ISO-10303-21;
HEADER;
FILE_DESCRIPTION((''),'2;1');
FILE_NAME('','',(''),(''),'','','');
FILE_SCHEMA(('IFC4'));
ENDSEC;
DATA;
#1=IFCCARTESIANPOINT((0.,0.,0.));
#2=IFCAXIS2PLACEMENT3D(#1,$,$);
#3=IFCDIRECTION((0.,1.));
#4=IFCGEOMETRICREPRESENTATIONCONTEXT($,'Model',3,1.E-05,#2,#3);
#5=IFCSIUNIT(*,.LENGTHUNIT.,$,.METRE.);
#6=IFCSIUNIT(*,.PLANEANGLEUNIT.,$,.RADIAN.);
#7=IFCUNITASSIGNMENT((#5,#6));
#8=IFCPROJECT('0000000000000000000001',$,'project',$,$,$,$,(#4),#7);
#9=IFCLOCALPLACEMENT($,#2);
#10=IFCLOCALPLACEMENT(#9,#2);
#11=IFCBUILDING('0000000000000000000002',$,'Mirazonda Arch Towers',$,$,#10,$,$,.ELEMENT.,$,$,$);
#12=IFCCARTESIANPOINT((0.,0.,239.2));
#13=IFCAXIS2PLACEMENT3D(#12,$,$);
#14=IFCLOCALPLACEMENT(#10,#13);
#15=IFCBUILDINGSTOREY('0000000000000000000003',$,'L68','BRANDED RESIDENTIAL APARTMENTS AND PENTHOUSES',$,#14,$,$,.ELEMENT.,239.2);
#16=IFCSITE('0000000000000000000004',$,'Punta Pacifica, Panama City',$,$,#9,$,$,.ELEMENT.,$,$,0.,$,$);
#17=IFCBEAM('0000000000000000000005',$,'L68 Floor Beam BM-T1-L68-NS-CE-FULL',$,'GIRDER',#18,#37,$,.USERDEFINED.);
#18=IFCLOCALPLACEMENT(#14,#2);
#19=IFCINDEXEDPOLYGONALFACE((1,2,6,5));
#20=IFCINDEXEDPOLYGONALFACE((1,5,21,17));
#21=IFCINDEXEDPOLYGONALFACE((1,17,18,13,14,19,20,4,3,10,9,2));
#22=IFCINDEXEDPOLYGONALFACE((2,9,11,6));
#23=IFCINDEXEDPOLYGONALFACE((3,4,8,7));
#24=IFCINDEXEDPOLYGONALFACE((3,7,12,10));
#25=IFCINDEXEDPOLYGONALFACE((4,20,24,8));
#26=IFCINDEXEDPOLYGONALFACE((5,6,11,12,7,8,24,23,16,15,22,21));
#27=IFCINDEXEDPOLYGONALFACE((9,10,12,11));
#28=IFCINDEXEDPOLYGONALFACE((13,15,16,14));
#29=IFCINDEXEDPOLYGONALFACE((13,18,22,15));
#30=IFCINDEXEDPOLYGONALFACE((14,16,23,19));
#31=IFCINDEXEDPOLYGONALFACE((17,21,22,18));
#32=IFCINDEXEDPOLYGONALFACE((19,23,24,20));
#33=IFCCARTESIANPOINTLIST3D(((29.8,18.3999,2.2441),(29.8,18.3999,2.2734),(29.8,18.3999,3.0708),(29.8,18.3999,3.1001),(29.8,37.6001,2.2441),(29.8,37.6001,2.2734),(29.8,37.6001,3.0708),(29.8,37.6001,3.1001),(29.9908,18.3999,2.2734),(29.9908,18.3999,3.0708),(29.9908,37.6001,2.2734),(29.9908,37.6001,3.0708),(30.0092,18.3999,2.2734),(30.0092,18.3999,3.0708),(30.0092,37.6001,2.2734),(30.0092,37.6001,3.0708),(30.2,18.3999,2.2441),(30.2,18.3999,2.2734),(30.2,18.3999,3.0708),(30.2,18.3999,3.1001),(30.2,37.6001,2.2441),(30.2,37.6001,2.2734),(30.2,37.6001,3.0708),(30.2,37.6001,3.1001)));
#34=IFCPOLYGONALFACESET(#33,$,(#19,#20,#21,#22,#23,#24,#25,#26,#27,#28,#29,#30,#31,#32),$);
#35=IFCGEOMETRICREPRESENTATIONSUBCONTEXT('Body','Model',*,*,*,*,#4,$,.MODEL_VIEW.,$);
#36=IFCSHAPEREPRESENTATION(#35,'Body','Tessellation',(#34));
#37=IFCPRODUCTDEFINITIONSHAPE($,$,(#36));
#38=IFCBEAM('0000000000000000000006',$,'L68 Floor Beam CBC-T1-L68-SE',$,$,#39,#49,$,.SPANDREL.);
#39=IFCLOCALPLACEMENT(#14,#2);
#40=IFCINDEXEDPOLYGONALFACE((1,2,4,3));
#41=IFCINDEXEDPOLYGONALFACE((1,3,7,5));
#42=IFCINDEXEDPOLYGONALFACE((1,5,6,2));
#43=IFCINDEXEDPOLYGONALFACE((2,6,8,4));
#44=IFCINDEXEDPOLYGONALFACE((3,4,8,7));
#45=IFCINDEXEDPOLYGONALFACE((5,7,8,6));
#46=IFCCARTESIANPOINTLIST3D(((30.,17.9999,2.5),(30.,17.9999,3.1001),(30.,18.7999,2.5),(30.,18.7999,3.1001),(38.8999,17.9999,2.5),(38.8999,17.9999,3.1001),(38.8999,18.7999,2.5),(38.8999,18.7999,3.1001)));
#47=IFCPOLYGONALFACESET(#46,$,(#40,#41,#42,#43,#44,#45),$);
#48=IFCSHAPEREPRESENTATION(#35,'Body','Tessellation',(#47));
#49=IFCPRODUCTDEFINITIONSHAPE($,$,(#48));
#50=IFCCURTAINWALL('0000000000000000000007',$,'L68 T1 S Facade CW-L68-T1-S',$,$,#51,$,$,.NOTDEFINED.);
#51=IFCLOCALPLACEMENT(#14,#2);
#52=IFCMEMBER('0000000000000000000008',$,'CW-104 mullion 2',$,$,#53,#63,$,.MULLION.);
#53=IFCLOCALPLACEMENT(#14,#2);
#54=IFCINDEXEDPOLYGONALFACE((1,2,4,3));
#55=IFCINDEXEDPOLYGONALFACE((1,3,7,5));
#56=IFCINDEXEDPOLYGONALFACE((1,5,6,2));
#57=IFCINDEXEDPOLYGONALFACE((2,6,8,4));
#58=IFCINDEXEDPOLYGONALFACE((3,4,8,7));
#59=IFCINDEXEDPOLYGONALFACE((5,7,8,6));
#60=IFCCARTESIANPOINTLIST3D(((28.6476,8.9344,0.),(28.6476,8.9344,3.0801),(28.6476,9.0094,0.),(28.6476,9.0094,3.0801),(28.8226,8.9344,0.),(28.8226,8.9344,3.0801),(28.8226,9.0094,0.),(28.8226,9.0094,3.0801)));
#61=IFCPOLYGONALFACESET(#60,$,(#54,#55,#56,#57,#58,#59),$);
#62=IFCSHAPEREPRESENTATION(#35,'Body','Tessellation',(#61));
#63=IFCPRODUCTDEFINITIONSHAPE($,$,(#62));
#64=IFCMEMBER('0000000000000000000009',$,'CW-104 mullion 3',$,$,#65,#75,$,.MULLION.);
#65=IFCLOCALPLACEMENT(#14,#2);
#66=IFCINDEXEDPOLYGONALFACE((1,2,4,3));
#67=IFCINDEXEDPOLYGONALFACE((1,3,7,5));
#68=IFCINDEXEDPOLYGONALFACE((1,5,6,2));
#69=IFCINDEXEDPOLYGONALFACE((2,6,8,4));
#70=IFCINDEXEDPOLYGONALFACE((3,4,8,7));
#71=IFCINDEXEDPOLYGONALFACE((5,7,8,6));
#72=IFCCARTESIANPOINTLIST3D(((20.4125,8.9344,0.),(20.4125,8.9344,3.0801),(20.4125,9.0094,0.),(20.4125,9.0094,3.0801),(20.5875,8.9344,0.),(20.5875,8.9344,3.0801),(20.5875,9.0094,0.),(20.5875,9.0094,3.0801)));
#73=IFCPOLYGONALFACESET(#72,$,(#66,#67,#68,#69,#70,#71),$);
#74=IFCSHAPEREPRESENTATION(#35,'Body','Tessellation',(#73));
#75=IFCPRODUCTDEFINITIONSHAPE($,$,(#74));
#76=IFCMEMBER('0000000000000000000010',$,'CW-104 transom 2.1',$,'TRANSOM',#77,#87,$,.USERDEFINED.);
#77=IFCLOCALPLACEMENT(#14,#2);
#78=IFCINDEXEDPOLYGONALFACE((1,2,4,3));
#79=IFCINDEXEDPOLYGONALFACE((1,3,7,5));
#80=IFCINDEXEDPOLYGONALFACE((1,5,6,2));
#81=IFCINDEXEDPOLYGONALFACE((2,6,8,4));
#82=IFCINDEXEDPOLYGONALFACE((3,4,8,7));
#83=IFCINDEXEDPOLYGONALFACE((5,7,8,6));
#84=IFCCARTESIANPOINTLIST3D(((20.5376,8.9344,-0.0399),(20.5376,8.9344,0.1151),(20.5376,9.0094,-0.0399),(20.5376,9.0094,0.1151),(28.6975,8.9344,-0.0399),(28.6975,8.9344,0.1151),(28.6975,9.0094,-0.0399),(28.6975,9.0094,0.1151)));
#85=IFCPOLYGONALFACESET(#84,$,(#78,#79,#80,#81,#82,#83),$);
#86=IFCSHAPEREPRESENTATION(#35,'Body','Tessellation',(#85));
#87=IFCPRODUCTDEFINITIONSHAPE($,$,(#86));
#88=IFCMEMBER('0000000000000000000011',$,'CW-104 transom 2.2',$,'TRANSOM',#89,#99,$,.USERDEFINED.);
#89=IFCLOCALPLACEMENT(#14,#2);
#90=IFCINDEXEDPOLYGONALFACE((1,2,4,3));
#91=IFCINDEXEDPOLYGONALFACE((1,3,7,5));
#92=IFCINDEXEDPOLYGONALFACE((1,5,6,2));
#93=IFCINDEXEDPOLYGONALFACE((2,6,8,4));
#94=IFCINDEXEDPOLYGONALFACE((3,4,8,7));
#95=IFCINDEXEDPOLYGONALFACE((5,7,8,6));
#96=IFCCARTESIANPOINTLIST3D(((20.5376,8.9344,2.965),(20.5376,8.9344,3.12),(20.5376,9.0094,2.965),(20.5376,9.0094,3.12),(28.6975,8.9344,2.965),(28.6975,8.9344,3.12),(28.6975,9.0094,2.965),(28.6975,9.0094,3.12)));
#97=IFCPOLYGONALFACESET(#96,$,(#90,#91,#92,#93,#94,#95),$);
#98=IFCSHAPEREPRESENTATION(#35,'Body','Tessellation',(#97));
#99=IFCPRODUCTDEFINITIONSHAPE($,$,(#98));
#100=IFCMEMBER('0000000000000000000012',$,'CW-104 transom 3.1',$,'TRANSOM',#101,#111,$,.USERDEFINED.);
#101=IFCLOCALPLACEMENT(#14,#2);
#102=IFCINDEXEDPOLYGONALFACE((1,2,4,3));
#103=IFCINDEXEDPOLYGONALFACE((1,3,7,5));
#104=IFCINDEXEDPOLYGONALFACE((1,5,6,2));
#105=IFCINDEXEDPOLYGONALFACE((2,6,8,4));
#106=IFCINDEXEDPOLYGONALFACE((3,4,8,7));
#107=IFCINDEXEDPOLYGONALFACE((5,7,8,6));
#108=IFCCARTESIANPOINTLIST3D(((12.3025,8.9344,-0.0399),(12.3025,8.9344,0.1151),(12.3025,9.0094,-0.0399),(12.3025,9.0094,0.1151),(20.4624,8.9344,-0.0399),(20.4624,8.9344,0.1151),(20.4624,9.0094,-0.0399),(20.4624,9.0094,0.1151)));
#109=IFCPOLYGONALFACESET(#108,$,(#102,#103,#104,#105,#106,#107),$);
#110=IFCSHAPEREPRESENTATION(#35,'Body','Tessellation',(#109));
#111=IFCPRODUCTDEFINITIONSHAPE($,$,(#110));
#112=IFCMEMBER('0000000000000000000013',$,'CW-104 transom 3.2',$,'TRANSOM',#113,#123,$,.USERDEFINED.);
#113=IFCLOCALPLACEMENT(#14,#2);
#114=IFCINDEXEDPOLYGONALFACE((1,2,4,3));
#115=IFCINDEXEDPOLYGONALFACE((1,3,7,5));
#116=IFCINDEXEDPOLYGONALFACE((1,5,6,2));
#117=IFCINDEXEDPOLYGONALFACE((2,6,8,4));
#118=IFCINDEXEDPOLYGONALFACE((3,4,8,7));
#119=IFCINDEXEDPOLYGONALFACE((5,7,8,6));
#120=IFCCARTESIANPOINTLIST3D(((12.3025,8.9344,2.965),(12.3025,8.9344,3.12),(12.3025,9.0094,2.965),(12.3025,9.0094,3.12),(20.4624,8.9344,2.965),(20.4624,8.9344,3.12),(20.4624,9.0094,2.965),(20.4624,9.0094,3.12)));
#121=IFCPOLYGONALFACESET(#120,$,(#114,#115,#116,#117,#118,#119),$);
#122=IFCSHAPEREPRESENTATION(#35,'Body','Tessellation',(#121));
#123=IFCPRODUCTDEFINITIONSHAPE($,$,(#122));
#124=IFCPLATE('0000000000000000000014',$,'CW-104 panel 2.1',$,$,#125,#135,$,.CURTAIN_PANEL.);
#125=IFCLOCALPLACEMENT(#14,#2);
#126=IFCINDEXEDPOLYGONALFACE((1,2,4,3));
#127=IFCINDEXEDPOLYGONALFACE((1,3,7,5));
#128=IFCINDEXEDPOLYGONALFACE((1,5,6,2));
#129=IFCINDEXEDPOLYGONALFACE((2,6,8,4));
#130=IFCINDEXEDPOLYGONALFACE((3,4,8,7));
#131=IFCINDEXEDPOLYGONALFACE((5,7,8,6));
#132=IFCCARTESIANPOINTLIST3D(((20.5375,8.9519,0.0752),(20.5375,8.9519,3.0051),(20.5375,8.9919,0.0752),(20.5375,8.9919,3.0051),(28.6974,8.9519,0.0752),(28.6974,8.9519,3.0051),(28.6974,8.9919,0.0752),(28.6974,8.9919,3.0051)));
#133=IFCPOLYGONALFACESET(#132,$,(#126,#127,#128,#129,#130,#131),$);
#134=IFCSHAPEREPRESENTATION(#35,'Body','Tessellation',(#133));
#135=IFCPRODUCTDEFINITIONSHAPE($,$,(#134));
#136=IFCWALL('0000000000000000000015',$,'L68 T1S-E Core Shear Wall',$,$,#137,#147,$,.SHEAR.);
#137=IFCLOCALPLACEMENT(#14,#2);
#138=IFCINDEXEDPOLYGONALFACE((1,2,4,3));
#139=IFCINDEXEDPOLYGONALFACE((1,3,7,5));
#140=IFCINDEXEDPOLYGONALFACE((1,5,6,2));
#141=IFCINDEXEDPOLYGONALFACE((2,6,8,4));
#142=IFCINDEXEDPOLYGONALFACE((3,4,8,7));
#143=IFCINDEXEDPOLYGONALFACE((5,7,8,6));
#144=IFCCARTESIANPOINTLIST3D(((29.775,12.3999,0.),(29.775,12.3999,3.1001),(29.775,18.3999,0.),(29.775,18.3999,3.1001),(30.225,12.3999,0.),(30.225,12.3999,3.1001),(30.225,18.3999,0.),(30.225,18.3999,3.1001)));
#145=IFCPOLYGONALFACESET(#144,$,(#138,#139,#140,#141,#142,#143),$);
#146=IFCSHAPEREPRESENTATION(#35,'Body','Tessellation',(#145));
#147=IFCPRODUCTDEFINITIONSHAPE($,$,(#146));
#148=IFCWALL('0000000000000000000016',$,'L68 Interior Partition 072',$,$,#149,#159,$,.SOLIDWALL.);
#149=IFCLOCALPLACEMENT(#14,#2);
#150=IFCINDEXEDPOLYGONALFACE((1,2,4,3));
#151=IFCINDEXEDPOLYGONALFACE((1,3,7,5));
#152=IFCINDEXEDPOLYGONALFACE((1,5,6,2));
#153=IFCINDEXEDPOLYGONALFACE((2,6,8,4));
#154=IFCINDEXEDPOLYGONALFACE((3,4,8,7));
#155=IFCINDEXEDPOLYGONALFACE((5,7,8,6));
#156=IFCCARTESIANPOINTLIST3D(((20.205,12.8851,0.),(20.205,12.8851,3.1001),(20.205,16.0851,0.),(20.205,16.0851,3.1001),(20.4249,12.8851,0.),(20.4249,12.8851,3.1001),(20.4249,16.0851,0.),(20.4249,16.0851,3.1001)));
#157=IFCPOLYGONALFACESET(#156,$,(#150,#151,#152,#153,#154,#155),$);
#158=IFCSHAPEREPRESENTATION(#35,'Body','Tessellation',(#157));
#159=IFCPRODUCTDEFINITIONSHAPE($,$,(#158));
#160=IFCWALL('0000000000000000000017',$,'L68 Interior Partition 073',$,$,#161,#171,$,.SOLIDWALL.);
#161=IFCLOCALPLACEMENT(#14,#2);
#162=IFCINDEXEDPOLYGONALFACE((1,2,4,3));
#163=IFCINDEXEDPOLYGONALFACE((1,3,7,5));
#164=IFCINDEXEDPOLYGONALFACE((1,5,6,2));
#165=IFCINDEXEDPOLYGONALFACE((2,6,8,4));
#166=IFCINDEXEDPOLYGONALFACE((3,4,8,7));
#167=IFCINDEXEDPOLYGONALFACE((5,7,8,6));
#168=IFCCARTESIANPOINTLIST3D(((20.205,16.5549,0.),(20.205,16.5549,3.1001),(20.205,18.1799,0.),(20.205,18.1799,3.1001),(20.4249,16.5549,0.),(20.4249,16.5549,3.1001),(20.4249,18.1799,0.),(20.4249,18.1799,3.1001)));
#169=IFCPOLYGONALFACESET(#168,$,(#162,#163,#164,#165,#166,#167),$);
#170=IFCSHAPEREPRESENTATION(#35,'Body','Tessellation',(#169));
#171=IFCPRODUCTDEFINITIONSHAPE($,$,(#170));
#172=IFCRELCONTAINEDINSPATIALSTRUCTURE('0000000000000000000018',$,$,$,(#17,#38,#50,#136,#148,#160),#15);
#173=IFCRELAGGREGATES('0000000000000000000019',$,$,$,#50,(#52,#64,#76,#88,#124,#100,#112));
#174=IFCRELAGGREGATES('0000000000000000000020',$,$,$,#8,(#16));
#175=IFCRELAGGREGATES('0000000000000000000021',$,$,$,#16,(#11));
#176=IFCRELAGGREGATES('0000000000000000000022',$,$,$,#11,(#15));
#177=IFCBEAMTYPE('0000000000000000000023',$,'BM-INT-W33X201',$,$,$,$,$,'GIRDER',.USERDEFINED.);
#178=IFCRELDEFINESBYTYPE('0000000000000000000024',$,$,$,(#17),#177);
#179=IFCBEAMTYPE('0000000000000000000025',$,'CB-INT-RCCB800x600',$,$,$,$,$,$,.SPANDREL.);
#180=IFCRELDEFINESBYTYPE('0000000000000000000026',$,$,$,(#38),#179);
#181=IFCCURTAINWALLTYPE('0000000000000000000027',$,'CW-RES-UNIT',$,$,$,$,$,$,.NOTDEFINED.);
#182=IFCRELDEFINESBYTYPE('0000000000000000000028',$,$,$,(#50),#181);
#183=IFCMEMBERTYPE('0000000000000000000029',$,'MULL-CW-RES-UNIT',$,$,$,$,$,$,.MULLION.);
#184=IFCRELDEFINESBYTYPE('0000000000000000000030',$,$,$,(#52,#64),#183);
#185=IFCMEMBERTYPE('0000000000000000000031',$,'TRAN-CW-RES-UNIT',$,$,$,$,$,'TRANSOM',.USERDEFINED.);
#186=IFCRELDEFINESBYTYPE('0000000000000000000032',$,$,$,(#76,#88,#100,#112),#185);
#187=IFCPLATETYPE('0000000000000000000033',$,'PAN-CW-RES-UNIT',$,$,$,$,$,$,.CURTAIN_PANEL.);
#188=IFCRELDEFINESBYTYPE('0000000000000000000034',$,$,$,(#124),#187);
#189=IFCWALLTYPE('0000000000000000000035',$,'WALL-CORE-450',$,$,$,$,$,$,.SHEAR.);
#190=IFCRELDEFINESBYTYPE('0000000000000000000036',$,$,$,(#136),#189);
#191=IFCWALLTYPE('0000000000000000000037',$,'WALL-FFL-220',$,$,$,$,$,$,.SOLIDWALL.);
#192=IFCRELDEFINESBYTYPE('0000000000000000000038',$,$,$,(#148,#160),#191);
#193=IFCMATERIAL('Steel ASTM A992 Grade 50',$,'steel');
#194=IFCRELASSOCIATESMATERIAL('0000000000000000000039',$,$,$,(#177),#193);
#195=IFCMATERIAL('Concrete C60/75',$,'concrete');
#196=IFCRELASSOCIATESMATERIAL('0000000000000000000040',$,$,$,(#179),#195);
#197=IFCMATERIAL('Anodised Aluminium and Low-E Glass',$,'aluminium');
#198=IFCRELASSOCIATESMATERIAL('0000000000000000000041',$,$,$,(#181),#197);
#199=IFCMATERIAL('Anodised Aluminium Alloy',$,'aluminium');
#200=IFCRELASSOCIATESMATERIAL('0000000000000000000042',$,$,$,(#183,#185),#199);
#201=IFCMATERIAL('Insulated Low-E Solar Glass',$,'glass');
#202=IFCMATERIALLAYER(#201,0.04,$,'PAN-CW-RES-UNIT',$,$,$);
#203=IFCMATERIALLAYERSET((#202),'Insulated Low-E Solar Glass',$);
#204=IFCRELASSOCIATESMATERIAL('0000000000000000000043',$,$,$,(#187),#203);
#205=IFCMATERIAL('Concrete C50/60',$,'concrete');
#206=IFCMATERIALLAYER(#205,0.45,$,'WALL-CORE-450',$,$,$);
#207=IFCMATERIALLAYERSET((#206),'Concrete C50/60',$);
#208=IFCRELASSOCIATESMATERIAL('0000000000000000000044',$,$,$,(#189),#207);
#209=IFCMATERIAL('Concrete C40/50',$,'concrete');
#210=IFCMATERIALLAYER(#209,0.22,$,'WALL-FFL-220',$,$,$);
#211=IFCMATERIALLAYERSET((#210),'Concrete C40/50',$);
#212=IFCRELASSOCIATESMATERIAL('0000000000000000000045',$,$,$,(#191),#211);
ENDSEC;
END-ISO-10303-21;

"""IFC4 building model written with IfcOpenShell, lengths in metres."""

from ifc_helpers import new_model, si_unit, direction, frame, frame_2d, origin, origin_2d, place, context, subcontext, project, spatial, rectangle, i_section, extrude, material, layer, layer_set, material_profile, profile_set, type_object, element, aggregate, save


model = new_model("IFC4")

# Units and contexts
model_context = context("Model", 3, precision=1e-05, world=origin(), true_north=direction((0.0, 1.0)))
body_context = subcontext(model_context, "Body", "Model", "MODEL_VIEW")
ifc_project = project(units=[si_unit("LENGTHUNIT", "METRE"), si_unit("PLANEANGLEUNIT", "RADIAN")], contexts=[model_context])

# Site, building, storey
site_placement = place(None, origin())
site = spatial("IfcSite", under=ifc_project, at=site_placement, Name="Punta Pacifica, Panama City", CompositionType="ELEMENT", RefElevation=0.0)
building_placement = place(site_placement, origin())
building = spatial("IfcBuilding", under=site, at=building_placement, Name="Mirazonda Arch Towers", CompositionType="ELEMENT")
storey_placement = place(building_placement, frame((0.0, 0.0, 239.2)))
storey = spatial("IfcBuildingStorey", under=building, at=storey_placement, Name="L68", Description="BRANDED RESIDENTIAL APARTMENTS AND PENTHOUSES", CompositionType="ELEMENT", Elevation=239.2)

# Shared definitions
ifc_material_1 = material(Name="Concrete C50/60", Category="concrete")

# Beams
ifc_material_2 = material(Name="Steel ASTM A992 Grade 50", Category="steel")
ifc_material_profile_1 = material_profile(ifc_material_2, i_section(OverallWidth=0.3999, OverallDepth=0.856, WebThickness=0.0183, FlangeThickness=0.0293, at=origin_2d()), Name="W33X201")
ifc_profile_set_1 = profile_set([ifc_material_profile_1], Name="Steel ASTM A992 Grade 50")
beam_type_1 = type_object("IfcBeamType", Name="BM-INT-W33X201", ElementType="GIRDER", PredefinedType="USERDEFINED", material=ifc_profile_set_1)
beam_1_placement = place(storey_placement, frame((30.0, 18.3999, 2.6721), z_axis=(0.0, 1.0, 0.0), x_axis=(-1.0, 0.0, 0.0)))
element("IfcBeam", 1, at=beam_1_placement, inside=storey, type_object=beam_type_1, Name="L68 Floor Beam BM-T1-L68-NS-CE-FULL", ObjectType="GIRDER", PredefinedType="USERDEFINED", context=body_context, shape_type="SweptSolid", body=[
    extrude(i_section(OverallWidth=0.3999, OverallDepth=0.856, WebThickness=0.0183, FlangeThickness=0.0293, at=origin_2d()), origin(), (0.0, 0.0, 1.0), 19.2002),
])
ifc_material_3 = material(Name="Concrete C60/75", Category="concrete")
ifc_material_profile_2 = material_profile(ifc_material_3, rectangle(XDim=0.8, YDim=0.6001, at=origin_2d()), Name="RCCB800x600")
ifc_profile_set_2 = profile_set([ifc_material_profile_2], Name="Concrete C60/75")
beam_type_2 = type_object("IfcBeamType", Name="CB-INT-RCCB800x600", PredefinedType="SPANDREL", material=ifc_profile_set_2)
beam_2_placement = place(storey_placement, frame((30.0, 18.3999, 2.8), z_axis=(1.0, 0.0, 0.0), x_axis=(0.0, 1.0, 0.0)))
element("IfcBeam", 2, at=beam_2_placement, inside=storey, type_object=beam_type_2, Name="L68 Floor Beam CBC-T1-L68-SE", PredefinedType="SPANDREL", context=body_context, shape_type="SweptSolid", body=[
    extrude(rectangle(XDim=0.8, YDim=0.6001, at=origin_2d()), origin(), (0.0, 0.0, 1.0), 8.8999),
])

# Curtain wall, members, plate
ifc_material_4 = material(Name="Anodised Aluminium and Low-E Glass", Category="aluminium")
curtain_wall_type = type_object("IfcCurtainWallType", Name="CW-RES-UNIT", PredefinedType="NOTDEFINED", material=ifc_material_4)
curtain_wall_placement = place(storey_placement, origin())
curtain_wall = element("IfcCurtainWall", 3, at=curtain_wall_placement, inside=storey, type_object=curtain_wall_type, Name="L68 T1 S Facade CW-L68-T1-S", PredefinedType="NOTDEFINED")
ifc_material_5 = material(Name="Anodised Aluminium Alloy", Category="aluminium")
ifc_material_profile_3 = material_profile(ifc_material_5, rectangle(XDim=0.075, YDim=0.175, at=origin_2d()), Name="ALU-MULL-75x175")
ifc_profile_set_3 = profile_set([ifc_material_profile_3], Name="Anodised Aluminium Alloy")
member_type_1 = type_object("IfcMemberType", Name="MULL-CW-RES-UNIT", PredefinedType="MULLION", material=ifc_profile_set_3)
member_1_placement = place(storey_placement, frame((28.7351, 8.9719, 0.0), z_axis=(0.0, 0.0, 1.0), x_axis=(0.0, -1.0, 0.0)))
member_1 = element("IfcMember", 4, at=member_1_placement, type_object=member_type_1, Name="CW-104 mullion 2", PredefinedType="MULLION", context=body_context, shape_type="SweptSolid", body=[
    extrude(rectangle(XDim=0.075, YDim=0.175, at=origin_2d()), origin(), (0.0, 0.0, 1.0), 3.0801),
])
member_2_placement = place(storey_placement, frame((20.5, 8.9719, 0.0), z_axis=(0.0, 0.0, 1.0), x_axis=(0.0, -1.0, 0.0)))
member_2 = element("IfcMember", 5, at=member_2_placement, type_object=member_type_1, Name="CW-104 mullion 3", PredefinedType="MULLION", context=body_context, shape_type="SweptSolid", body=[
    extrude(rectangle(XDim=0.075, YDim=0.175, at=origin_2d()), origin(), (0.0, 0.0, 1.0), 3.0801),
])
ifc_material_profile_4 = material_profile(ifc_material_5, rectangle(XDim=0.075, YDim=0.155, at=origin_2d()), Name="ALU-TRAN-75x155")
ifc_profile_set_4 = profile_set([ifc_material_profile_4], Name="Anodised Aluminium Alloy")
member_type_2 = type_object("IfcMemberType", Name="TRAN-CW-RES-UNIT", ElementType="TRANSOM", PredefinedType="USERDEFINED", material=ifc_profile_set_4)
member_3_placement = place(storey_placement, frame((28.6975, 8.9719, 0.0376), z_axis=(-1.0, 0.0, 0.0), x_axis=(0.0, -1.0, 0.0)))
member_3 = element("IfcMember", 6, at=member_3_placement, type_object=member_type_2, Name="CW-104 transom 2.1", ObjectType="TRANSOM", PredefinedType="USERDEFINED", context=body_context, shape_type="SweptSolid", body=[
    extrude(rectangle(XDim=0.075, YDim=0.155, at=origin_2d()), origin(), (0.0, 0.0, 1.0), 8.1599),
])
member_4_placement = place(storey_placement, frame((28.6975, 8.9719, 3.0425), z_axis=(-1.0, 0.0, 0.0), x_axis=(0.0, -1.0, 0.0)))
member_4 = element("IfcMember", 7, at=member_4_placement, type_object=member_type_2, Name="CW-104 transom 2.2", ObjectType="TRANSOM", PredefinedType="USERDEFINED", context=body_context, shape_type="SweptSolid", body=[
    extrude(rectangle(XDim=0.075, YDim=0.155, at=origin_2d()), origin(), (0.0, 0.0, 1.0), 8.1599),
])
member_5_placement = place(storey_placement, frame((20.4624, 8.9719, 0.0376), z_axis=(-1.0, 0.0, 0.0), x_axis=(0.0, -1.0, 0.0)))
member_5 = element("IfcMember", 8, at=member_5_placement, type_object=member_type_2, Name="CW-104 transom 3.1", ObjectType="TRANSOM", PredefinedType="USERDEFINED", context=body_context, shape_type="SweptSolid", body=[
    extrude(rectangle(XDim=0.075, YDim=0.155, at=origin_2d()), origin(), (0.0, 0.0, 1.0), 8.1599),
])
member_6_placement = place(storey_placement, frame((20.4624, 8.9719, 3.0425), z_axis=(-1.0, 0.0, 0.0), x_axis=(0.0, -1.0, 0.0)))
member_6 = element("IfcMember", 9, at=member_6_placement, type_object=member_type_2, Name="CW-104 transom 3.2", ObjectType="TRANSOM", PredefinedType="USERDEFINED", context=body_context, shape_type="SweptSolid", body=[
    extrude(rectangle(XDim=0.075, YDim=0.155, at=origin_2d()), origin(), (0.0, 0.0, 1.0), 8.1599),
])
ifc_material_6 = material(Name="Insulated Low-E Solar Glass", Category="glass")
ifc_layer_1 = layer(ifc_material_6, 0.04, Name="PAN-CW-RES-UNIT")
ifc_layer_set_1 = layer_set([ifc_layer_1], Name="Insulated Low-E Solar Glass")
plate_type = type_object("IfcPlateType", Name="PAN-CW-RES-UNIT", PredefinedType="CURTAIN_PANEL", material=ifc_layer_set_1)
plate_placement = place(storey_placement, frame((24.6174, 8.9719, 0.0752), z_axis=(0.0, 0.0, 1.0), x_axis=(-1.0, 0.0, 0.0)))
plate = element("IfcPlate", 10, at=plate_placement, type_object=plate_type, Name="CW-104 panel 2.1", PredefinedType="CURTAIN_PANEL", context=body_context, shape_type="SweptSolid", body=[
    extrude(rectangle(XDim=8.1599, YDim=0.04, at=origin_2d()), origin(), (0.0, 0.0, 1.0), 2.9299),
])
aggregate(curtain_wall, [member_1, member_2, member_3, member_4, plate, member_5, member_6])

# Walls
ifc_layer_2 = layer(ifc_material_1, 0.45, Name="WALL-CORE-450")
ifc_layer_set_2 = layer_set([ifc_layer_2], Name="Concrete C50/60")
wall_type_1 = type_object("IfcWallType", Name="WALL-CORE-450", PredefinedType="SHEAR", material=ifc_layer_set_2)
wall_1_placement = place(storey_placement, frame((30.0, 12.3999, 0.0), z_axis=(0.0, 0.0, 1.0), x_axis=(0.0, 1.0, 0.0)))
element("IfcWall", 11, at=wall_1_placement, inside=storey, type_object=wall_type_1, Name="L68 T1S-E Core Shear Wall", PredefinedType="SHEAR", context=body_context, shape_type="SweptSolid", body=[
    extrude(rectangle(XDim=6.0, YDim=0.45, at=frame_2d((3.0, 0.0))), origin(), (0.0, 0.0, 1.0), 3.1001),
])
ifc_material_7 = material(Name="Concrete C40/50", Category="concrete")
ifc_layer_3 = layer(ifc_material_7, 0.22, Name="WALL-FFL-220")
ifc_layer_set_3 = layer_set([ifc_layer_3], Name="Concrete C40/50")
wall_type_2 = type_object("IfcWallType", Name="WALL-FFL-220", PredefinedType="SOLIDWALL", material=ifc_layer_set_3)
wall_2_placement = place(storey_placement, frame((20.3149, 12.885, 0.0), z_axis=(0.0, 0.0, 1.0), x_axis=(0.0, 1.0, 0.0)))
element("IfcWall", 12, at=wall_2_placement, inside=storey, type_object=wall_type_2, Name="L68 Interior Partition 072", PredefinedType="SOLIDWALL", context=body_context, shape_type="SweptSolid", body=[
    extrude(rectangle(XDim=3.2, YDim=0.22, at=frame_2d((1.6001, 0.0))), origin(), (0.0, 0.0, 1.0), 3.1001),
])
wall_3_placement = place(storey_placement, frame((20.3149, 16.5549, 0.0), z_axis=(0.0, 0.0, 1.0), x_axis=(0.0, 1.0, 0.0)))
element("IfcWall", 13, at=wall_3_placement, inside=storey, type_object=wall_type_2, Name="L68 Interior Partition 073", PredefinedType="SOLIDWALL", context=body_context, shape_type="SweptSolid", body=[
    extrude(rectangle(XDim=1.625, YDim=0.22, at=frame_2d((0.8125, 0.0))), origin(), (0.0, 0.0, 1.0), 3.1001),
])

save(model, "model.ifc")
